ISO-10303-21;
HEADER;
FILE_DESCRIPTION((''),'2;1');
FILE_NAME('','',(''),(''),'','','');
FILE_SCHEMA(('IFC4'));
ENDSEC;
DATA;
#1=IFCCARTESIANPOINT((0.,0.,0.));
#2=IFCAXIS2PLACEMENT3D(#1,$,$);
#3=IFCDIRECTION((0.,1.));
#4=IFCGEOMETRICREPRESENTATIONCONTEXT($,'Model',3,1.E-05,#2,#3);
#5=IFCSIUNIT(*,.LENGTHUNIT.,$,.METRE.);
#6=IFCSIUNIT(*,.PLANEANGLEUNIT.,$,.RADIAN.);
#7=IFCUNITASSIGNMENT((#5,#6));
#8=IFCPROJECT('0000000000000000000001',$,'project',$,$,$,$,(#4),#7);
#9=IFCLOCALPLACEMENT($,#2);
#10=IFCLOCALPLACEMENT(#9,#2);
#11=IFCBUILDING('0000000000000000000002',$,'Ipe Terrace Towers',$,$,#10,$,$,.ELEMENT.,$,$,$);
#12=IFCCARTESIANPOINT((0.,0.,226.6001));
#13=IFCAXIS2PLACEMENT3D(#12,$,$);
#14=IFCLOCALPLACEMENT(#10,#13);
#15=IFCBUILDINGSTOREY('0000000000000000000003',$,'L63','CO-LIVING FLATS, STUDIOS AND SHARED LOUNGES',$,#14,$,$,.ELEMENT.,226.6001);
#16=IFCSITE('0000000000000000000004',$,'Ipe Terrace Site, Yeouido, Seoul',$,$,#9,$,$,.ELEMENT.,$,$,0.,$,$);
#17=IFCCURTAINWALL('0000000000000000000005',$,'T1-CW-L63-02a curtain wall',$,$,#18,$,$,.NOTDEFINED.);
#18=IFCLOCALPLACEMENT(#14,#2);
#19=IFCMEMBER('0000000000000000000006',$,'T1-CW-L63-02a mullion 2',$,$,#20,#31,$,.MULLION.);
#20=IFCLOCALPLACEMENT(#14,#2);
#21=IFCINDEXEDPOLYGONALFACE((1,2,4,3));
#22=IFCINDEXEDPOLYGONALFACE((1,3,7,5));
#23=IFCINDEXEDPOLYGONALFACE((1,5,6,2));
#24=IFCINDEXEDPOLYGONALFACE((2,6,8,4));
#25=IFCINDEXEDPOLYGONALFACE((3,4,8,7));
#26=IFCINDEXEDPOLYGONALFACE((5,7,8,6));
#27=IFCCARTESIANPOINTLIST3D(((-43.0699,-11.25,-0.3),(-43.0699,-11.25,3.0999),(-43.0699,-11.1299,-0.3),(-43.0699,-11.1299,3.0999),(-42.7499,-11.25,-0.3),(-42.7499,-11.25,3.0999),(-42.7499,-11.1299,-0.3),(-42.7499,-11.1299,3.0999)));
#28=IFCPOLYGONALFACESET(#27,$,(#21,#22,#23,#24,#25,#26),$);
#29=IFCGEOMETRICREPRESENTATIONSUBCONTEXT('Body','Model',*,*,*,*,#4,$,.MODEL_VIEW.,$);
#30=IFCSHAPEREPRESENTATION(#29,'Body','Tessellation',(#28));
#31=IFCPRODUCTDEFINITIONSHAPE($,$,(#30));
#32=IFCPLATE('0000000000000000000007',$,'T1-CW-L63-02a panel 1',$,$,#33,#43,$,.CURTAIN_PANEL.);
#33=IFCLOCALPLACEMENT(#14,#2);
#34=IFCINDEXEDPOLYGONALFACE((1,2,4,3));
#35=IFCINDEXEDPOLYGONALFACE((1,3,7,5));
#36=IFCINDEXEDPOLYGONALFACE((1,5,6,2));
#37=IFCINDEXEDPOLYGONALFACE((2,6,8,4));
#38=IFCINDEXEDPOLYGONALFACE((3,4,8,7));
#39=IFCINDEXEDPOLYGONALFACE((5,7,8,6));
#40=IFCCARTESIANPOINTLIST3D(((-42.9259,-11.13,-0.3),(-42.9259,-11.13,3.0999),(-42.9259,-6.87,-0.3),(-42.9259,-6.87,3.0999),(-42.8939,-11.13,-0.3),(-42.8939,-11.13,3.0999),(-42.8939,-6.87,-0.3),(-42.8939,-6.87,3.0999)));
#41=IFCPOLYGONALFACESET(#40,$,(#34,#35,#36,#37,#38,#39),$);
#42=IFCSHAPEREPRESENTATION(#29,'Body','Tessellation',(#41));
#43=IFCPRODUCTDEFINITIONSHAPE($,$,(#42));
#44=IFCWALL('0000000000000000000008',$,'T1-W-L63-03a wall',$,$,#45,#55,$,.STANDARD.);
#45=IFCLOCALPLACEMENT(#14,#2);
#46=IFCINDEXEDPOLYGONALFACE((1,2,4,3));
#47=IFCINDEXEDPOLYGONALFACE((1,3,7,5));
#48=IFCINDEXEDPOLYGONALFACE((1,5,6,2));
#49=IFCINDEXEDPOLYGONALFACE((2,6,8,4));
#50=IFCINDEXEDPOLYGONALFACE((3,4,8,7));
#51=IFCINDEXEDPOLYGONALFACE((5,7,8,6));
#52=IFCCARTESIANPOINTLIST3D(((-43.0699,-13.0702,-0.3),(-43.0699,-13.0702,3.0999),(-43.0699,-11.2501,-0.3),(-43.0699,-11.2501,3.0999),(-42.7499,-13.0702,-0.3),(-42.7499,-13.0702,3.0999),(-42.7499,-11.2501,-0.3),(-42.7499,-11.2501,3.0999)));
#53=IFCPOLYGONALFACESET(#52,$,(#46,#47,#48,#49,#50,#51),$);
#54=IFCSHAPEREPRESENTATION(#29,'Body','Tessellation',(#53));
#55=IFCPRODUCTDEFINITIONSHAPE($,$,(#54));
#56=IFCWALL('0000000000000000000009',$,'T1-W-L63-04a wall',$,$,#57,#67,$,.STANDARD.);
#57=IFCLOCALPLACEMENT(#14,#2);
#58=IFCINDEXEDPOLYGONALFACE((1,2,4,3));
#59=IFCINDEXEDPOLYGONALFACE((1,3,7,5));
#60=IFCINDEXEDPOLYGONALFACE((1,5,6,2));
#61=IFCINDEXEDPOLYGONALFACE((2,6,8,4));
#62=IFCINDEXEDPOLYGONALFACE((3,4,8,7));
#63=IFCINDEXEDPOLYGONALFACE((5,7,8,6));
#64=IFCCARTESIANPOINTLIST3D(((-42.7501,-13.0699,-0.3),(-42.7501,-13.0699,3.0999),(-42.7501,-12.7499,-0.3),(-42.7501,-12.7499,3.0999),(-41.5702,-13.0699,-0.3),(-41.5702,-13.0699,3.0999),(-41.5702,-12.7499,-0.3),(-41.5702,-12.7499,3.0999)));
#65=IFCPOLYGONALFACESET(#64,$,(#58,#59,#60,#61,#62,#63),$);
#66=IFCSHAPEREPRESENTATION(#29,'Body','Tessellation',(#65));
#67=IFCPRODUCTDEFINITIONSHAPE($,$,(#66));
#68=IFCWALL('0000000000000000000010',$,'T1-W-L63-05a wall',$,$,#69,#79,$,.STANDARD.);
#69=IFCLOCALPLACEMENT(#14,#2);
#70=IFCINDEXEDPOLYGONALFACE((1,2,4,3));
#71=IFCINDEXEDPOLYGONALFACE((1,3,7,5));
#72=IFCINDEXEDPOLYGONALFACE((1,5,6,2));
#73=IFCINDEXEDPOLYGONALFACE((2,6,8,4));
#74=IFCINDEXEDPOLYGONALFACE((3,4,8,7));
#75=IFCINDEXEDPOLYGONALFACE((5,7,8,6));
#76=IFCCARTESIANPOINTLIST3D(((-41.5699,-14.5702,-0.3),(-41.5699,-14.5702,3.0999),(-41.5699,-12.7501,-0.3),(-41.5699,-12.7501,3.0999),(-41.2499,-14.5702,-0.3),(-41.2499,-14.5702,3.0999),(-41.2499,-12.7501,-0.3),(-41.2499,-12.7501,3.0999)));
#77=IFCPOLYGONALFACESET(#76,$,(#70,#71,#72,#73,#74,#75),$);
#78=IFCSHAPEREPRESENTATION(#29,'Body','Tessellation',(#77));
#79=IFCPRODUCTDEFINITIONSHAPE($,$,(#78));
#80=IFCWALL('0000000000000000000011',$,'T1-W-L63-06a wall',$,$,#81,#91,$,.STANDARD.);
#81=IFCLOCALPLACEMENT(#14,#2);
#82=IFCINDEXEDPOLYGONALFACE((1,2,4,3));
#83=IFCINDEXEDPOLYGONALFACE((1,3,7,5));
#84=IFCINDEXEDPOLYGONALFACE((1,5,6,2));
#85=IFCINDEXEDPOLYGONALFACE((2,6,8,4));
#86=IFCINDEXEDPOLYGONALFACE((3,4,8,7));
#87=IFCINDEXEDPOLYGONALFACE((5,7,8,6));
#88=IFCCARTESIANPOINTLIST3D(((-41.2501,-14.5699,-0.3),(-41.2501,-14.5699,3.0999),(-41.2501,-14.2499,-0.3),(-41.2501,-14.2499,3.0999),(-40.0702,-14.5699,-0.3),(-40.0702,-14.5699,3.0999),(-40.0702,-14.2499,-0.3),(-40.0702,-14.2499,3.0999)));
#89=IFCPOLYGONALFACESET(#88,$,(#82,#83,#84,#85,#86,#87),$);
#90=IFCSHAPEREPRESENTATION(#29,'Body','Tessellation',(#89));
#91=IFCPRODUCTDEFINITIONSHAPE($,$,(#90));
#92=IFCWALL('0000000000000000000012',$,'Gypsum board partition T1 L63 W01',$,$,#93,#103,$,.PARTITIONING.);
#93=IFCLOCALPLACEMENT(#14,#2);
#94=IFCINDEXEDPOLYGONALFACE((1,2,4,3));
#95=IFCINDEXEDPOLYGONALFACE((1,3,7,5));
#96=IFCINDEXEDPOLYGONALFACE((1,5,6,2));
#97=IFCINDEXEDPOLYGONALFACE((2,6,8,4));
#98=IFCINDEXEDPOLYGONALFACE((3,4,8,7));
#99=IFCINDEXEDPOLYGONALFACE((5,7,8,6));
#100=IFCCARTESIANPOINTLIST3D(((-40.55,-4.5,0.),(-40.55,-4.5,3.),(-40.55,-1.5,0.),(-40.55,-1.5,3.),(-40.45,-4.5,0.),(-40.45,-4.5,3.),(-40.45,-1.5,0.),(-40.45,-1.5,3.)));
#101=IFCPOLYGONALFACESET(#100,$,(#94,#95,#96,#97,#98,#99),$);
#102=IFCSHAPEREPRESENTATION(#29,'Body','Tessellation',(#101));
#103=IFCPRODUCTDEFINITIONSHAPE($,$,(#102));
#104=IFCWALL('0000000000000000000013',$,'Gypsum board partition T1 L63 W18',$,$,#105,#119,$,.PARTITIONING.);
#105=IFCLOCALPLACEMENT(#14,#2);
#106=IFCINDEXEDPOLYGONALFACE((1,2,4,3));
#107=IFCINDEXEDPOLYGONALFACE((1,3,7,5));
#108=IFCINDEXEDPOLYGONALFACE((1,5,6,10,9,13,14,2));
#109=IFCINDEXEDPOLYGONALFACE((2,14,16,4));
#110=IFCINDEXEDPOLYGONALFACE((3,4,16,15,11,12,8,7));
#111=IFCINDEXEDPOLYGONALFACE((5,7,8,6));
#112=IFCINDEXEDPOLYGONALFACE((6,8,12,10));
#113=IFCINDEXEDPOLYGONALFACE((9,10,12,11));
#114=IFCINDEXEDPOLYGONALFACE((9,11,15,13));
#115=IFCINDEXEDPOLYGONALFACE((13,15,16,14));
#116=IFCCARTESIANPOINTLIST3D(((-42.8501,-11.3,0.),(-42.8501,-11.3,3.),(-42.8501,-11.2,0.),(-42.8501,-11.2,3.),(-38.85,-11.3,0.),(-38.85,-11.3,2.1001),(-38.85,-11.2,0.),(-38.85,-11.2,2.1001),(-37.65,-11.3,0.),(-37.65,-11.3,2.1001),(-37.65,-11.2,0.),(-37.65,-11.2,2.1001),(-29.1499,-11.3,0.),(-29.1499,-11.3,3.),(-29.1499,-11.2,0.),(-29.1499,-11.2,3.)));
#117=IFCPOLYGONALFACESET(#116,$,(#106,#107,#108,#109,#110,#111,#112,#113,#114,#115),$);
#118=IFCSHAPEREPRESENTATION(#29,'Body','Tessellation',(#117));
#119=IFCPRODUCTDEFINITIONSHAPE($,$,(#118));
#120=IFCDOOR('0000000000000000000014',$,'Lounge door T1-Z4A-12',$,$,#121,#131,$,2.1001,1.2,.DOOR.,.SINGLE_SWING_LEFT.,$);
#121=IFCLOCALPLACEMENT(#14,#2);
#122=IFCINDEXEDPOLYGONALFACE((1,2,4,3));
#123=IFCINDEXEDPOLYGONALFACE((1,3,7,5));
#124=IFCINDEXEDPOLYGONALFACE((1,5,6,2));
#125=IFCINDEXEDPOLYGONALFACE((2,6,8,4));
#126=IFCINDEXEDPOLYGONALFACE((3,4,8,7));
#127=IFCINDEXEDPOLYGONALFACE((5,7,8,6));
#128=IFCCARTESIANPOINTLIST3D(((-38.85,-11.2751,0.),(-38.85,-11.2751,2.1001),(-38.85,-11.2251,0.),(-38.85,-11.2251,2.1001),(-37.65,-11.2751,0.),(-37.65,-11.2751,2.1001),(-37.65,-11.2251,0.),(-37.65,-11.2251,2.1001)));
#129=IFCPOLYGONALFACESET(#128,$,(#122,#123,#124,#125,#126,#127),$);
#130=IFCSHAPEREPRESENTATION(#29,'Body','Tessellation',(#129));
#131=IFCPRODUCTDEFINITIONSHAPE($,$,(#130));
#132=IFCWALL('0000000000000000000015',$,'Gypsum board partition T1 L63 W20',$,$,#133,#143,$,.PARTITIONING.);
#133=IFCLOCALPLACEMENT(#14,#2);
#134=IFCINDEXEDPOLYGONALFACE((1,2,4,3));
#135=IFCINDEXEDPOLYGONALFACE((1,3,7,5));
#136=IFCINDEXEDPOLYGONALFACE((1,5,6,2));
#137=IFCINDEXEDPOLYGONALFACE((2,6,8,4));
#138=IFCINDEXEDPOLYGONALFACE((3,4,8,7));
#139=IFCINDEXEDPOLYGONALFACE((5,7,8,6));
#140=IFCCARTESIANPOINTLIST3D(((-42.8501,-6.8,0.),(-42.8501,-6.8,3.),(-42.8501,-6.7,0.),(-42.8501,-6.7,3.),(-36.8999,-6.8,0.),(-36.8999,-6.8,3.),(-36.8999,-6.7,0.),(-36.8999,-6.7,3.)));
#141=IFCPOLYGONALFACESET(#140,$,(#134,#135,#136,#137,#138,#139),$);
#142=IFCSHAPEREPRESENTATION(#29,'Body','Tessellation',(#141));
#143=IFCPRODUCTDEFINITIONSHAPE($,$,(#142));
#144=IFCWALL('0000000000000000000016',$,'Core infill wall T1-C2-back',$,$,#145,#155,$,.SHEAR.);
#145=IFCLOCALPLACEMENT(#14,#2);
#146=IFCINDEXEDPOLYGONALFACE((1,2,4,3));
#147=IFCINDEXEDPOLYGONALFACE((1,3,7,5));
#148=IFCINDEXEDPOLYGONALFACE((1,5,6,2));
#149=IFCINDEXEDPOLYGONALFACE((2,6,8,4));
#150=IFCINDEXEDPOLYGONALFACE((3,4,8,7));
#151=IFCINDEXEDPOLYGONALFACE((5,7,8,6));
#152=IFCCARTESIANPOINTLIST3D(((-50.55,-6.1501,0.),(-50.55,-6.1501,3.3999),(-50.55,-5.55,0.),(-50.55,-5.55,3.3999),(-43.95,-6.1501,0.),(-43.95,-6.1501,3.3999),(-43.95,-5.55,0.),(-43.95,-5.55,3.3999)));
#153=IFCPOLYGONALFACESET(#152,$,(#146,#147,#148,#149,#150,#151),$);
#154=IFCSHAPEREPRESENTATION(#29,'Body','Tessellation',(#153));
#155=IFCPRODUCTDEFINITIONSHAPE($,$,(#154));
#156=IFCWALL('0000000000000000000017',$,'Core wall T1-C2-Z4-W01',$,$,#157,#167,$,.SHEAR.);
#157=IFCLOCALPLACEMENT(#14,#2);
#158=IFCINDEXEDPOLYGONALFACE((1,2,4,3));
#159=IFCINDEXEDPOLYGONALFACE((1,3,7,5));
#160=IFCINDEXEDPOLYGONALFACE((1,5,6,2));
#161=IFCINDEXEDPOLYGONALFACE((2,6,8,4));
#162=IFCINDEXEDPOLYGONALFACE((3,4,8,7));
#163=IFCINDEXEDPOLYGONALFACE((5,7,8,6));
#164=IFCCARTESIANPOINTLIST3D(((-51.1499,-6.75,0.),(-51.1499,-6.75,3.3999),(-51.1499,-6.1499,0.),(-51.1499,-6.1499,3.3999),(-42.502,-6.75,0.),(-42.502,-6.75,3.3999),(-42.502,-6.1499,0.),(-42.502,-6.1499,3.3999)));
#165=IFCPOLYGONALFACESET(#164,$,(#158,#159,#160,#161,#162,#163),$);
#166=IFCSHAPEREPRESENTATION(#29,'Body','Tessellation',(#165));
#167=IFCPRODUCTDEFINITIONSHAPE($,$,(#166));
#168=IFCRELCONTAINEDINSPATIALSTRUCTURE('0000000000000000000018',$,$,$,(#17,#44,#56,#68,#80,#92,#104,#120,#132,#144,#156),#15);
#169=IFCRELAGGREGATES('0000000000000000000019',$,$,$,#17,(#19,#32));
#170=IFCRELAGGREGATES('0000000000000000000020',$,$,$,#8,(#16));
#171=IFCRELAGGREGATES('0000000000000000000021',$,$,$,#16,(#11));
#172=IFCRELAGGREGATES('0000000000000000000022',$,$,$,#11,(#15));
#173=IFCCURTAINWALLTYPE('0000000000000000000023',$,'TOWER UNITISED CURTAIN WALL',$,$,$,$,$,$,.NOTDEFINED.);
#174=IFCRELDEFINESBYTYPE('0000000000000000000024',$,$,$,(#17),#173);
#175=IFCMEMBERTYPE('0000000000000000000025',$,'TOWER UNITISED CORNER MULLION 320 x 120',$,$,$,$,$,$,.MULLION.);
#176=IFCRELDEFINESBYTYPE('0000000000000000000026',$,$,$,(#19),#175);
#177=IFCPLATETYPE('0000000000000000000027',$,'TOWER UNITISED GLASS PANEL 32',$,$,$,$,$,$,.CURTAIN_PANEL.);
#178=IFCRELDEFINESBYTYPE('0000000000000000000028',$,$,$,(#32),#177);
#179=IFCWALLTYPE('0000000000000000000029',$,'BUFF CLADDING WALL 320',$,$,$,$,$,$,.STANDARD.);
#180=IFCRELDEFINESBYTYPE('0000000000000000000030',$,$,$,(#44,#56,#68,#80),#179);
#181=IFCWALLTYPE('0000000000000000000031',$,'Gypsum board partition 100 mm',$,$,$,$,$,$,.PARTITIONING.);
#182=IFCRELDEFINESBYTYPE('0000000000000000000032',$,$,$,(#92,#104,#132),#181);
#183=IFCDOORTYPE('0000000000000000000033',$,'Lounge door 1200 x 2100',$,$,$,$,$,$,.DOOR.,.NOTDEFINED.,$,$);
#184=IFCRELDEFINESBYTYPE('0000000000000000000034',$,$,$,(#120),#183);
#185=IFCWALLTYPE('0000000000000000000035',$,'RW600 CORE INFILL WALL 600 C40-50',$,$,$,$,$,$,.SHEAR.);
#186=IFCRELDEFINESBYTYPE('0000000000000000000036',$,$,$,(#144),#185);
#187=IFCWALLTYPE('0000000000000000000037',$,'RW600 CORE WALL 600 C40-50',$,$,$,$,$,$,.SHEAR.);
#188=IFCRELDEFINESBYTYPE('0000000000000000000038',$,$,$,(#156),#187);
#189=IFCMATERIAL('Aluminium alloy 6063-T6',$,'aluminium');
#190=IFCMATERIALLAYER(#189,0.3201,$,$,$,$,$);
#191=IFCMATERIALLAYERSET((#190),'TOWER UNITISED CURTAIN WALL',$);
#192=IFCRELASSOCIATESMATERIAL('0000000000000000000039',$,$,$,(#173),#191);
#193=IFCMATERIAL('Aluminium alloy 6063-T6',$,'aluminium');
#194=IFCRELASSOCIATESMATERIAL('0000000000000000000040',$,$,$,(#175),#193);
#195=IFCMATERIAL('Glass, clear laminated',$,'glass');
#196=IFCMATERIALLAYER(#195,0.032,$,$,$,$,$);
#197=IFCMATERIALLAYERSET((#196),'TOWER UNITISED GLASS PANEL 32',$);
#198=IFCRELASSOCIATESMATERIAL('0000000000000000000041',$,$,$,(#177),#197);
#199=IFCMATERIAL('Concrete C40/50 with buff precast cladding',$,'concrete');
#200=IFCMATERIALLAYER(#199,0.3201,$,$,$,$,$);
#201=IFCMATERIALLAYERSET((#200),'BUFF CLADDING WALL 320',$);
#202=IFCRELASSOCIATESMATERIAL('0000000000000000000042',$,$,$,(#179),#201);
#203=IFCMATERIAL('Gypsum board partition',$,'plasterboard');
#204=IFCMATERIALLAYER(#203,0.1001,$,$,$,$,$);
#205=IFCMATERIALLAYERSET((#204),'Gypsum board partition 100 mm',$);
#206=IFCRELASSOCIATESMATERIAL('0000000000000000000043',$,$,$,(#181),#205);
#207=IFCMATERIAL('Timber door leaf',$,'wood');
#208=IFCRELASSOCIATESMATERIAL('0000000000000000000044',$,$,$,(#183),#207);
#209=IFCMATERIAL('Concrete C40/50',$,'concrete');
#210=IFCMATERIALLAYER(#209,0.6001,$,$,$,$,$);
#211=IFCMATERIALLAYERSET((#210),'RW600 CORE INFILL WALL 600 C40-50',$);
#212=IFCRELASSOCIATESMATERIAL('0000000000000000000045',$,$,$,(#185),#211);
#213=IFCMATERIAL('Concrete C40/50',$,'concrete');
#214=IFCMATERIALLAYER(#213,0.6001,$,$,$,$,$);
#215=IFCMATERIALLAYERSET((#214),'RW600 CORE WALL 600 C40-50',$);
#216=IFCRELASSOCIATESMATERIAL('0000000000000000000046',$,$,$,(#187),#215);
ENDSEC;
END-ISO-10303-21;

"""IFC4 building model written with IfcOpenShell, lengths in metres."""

from ifc_helpers import new_model, si_unit, direction, frame, frame_2d, origin, origin_2d, place, context, subcontext, project, spatial, rectangle, extrude, material, layer, layer_set, material_profile, profile_set, type_object, element, fill, aggregate, save


model = new_model("IFC4")

# Units and contexts
model_context = context("Model", 3, precision=1e-05, world=origin(), true_north=direction((0.0, 1.0)))
body_context = subcontext(model_context, "Body", "Model", "MODEL_VIEW")
ifc_project = project(units=[si_unit("LENGTHUNIT", "METRE"), si_unit("PLANEANGLEUNIT", "RADIAN")], contexts=[model_context])

# Site, building, storey
site_placement = place(None, origin())
site = spatial("IfcSite", under=ifc_project, at=site_placement, Name="Ipe Terrace Site, Yeouido, Seoul", CompositionType="ELEMENT", RefElevation=0.0)
building_placement = place(site_placement, origin())
building = spatial("IfcBuilding", under=site, at=building_placement, Name="Ipe Terrace Towers", CompositionType="ELEMENT")
storey_placement = place(building_placement, frame((0.0, 0.0, 226.6001)))
storey = spatial("IfcBuildingStorey", under=building, at=storey_placement, Name="L63", Description="CO-LIVING FLATS, STUDIOS AND SHARED LOUNGES", CompositionType="ELEMENT", Elevation=226.6001)

# Curtain wall, member, plate
ifc_material_1 = material(Name="Aluminium alloy 6063-T6", Category="aluminium")
ifc_layer_1 = layer(ifc_material_1, 0.3201)
ifc_layer_set_1 = layer_set([ifc_layer_1], Name="TOWER UNITISED CURTAIN WALL")
curtain_wall_type = type_object("IfcCurtainWallType", Name="TOWER UNITISED CURTAIN WALL", PredefinedType="NOTDEFINED", material=ifc_layer_set_1)
curtain_wall_placement = place(storey_placement, origin())
curtain_wall = element("IfcCurtainWall", 1, at=curtain_wall_placement, inside=storey, type_object=curtain_wall_type, Name="T1-CW-L63-02a curtain wall", PredefinedType="NOTDEFINED")
ifc_material_2 = material(Name="Aluminium alloy 6063-T6", Category="aluminium")
ifc_material_profile_1 = material_profile(ifc_material_2, rectangle(XDim=0.3201, YDim=0.1201, at=origin_2d()), Name="TOWER UNITISED CORNER MULLION 320 x 120")
ifc_profile_set_1 = profile_set([ifc_material_profile_1], Name="Aluminium alloy 6063-T6")
member_type = type_object("IfcMemberType", Name="TOWER UNITISED CORNER MULLION 320 x 120", PredefinedType="MULLION", material=ifc_profile_set_1)
member_1_placement = place(storey_placement, frame((-42.9099, -11.1899, -0.3), z_axis=(0.0, 0.0, 1.0), x_axis=(-1.0, 0.0, 0.0)))
member_1 = element("IfcMember", 2, at=member_1_placement, type_object=member_type, Name="T1-CW-L63-02a mullion 2", PredefinedType="MULLION", context=body_context, shape_type="SweptSolid", body=[
    extrude(rectangle(XDim=0.3201, YDim=0.1201, at=origin_2d()), origin(), (0.0, 0.0, 1.0), 3.3999),
])
ifc_material_3 = material(Name="Glass, clear laminated", Category="glass")
ifc_layer_2 = layer(ifc_material_3, 0.032)
ifc_layer_set_2 = layer_set([ifc_layer_2], Name="TOWER UNITISED GLASS PANEL 32")
plate_type = type_object("IfcPlateType", Name="TOWER UNITISED GLASS PANEL 32", PredefinedType="CURTAIN_PANEL", material=ifc_layer_set_2)
plate_placement = place(storey_placement, frame((-42.9099, -9.0, -0.3), z_axis=(0.0, 0.0, 1.0), x_axis=(0.0, -1.0, 0.0)))
plate = element("IfcPlate", 3, at=plate_placement, type_object=plate_type, Name="T1-CW-L63-02a panel 1", PredefinedType="CURTAIN_PANEL", context=body_context, shape_type="SweptSolid", body=[
    extrude(rectangle(XDim=4.26, YDim=0.032, at=origin_2d()), origin(), (0.0, 0.0, 1.0), 3.3999),
])
aggregate(curtain_wall, [member_1, plate])

# Walls
ifc_material_4 = material(Name="Concrete C40/50 with buff precast cladding", Category="concrete")
ifc_layer_3 = layer(ifc_material_4, 0.3201)
ifc_layer_set_3 = layer_set([ifc_layer_3], Name="BUFF CLADDING WALL 320")
wall_type_1 = type_object("IfcWallType", Name="BUFF CLADDING WALL 320", PredefinedType="STANDARD", material=ifc_layer_set_3)
wall_1_placement = place(storey_placement, frame((-42.9099, -11.25, -0.3), z_axis=(0.0, 0.0, 1.0), x_axis=(0.0, -1.0, 0.0)))
element("IfcWall", 4, at=wall_1_placement, inside=storey, type_object=wall_type_1, Name="T1-W-L63-03a wall", PredefinedType="STANDARD", context=body_context, shape_type="SweptSolid", body=[
    extrude(rectangle(XDim=1.8201, YDim=0.3201, at=frame_2d((0.9102, 0.0))), origin(), (0.0, 0.0, 1.0), 3.3999),
])
wall_2_placement = place(storey_placement, frame((-42.75, -12.9099, -0.3), z_axis=(0.0, 0.0, 1.0), x_axis=(1.0, 0.0, 0.0)))
element("IfcWall", 5, at=wall_2_placement, inside=storey, type_object=wall_type_1, Name="T1-W-L63-04a wall", PredefinedType="STANDARD", context=body_context, shape_type="SweptSolid", body=[
    extrude(rectangle(XDim=1.1799, YDim=0.3201, at=frame_2d((0.5898, 0.0))), origin(), (0.0, 0.0, 1.0), 3.3999),
])
wall_3_placement = place(storey_placement, frame((-41.4099, -12.75, -0.3), z_axis=(0.0, 0.0, 1.0), x_axis=(0.0, -1.0, 0.0)))
element("IfcWall", 6, at=wall_3_placement, inside=storey, type_object=wall_type_1, Name="T1-W-L63-05a wall", PredefinedType="STANDARD", context=body_context, shape_type="SweptSolid", body=[
    extrude(rectangle(XDim=1.8201, YDim=0.3201, at=frame_2d((0.9102, 0.0))), origin(), (0.0, 0.0, 1.0), 3.3999),
])
wall_4_placement = place(storey_placement, frame((-41.25, -14.4099, -0.3), z_axis=(0.0, 0.0, 1.0), x_axis=(1.0, 0.0, 0.0)))
element("IfcWall", 7, at=wall_4_placement, inside=storey, type_object=wall_type_1, Name="T1-W-L63-06a wall", PredefinedType="STANDARD", context=body_context, shape_type="SweptSolid", body=[
    extrude(rectangle(XDim=1.1799, YDim=0.3201, at=frame_2d((0.5898, 0.0))), origin(), (0.0, 0.0, 1.0), 3.3999),
])
ifc_material_5 = material(Name="Gypsum board partition", Category="plasterboard")
ifc_layer_4 = layer(ifc_material_5, 0.1001)
ifc_layer_set_4 = layer_set([ifc_layer_4], Name="Gypsum board partition 100 mm")
wall_type_2 = type_object("IfcWallType", Name="Gypsum board partition 100 mm", PredefinedType="PARTITIONING", material=ifc_layer_set_4)
wall_5_placement = place(storey_placement, frame((-40.5, -4.5, 0.0), z_axis=(0.0, 0.0, 1.0), x_axis=(0.0, 1.0, 0.0)))
element("IfcWall", 8, at=wall_5_placement, inside=storey, type_object=wall_type_2, Name="Gypsum board partition T1 L63 W01", PredefinedType="PARTITIONING", context=body_context, shape_type="SweptSolid", body=[
    extrude(rectangle(XDim=3.0, YDim=0.1001, at=frame_2d((1.5, 0.0))), origin(), (0.0, 0.0, 1.0), 3.0),
])

# Wall, opening, door
wall_6_placement = place(storey_placement, frame((-42.8501, -11.25, 0.0), z_axis=(0.0, 0.0, 1.0), x_axis=(1.0, 0.0, 0.0)))
wall_6 = element("IfcWall", 9, at=wall_6_placement, inside=storey, type_object=wall_type_2, Name="Gypsum board partition T1 L63 W18", PredefinedType="PARTITIONING", context=body_context, shape_type="SweptSolid", body=[
    extrude(rectangle(XDim=13.7002, YDim=0.1001, at=frame_2d((6.8501, 0.0))), origin(), (0.0, 0.0, 1.0), 3.0),
])
opening_1_placement = place(wall_6_placement, frame((4.0, 0.0, 0.0)))
opening_1 = element("IfcOpeningElement", 10, at=opening_1_placement, cuts=wall_6, PredefinedType="OPENING", context=body_context, shape_type="SweptSolid", body=[
    extrude(rectangle(XDim=1.2, YDim=2.1001, at=frame_2d((0.6001, 1.05))), frame((0.0, 0.0601, 0.0), z_axis=(0.0, -1.0, 0.0), x_axis=(1.0, 0.0, 0.0)), (0.0, 0.0, 1.0), 0.1201),
])
ifc_material_6 = material(Name="Timber door leaf", Category="wood")
door_type_1 = type_object("IfcDoorType", Name="Lounge door 1200 x 2100", OperationType="NOTDEFINED", PredefinedType="DOOR", material=ifc_material_6)
door_1_placement = place(opening_1_placement, origin())
door_1 = element("IfcDoor", 11, at=door_1_placement, inside=storey, type_object=door_type_1, Name="Lounge door T1-Z4A-12", OperationType="SINGLE_SWING_LEFT", OverallHeight=2.1001, OverallWidth=1.2, PredefinedType="DOOR", context=body_context, shape_type="SweptSolid", body=[
    extrude(rectangle(XDim=1.2, YDim=2.1001, at=frame_2d((0.6001, 1.05))), frame((0.0, 0.0249, 0.0), z_axis=(0.0, -1.0, 0.0), x_axis=(1.0, 0.0, 0.0)), (0.0, 0.0, 1.0), 0.05),
])
fill(opening_1, door_1)

# Walls
wall_7_placement = place(storey_placement, frame((-42.8501, -6.75, 0.0), z_axis=(0.0, 0.0, 1.0), x_axis=(1.0, 0.0, 0.0)))
element("IfcWall", 12, at=wall_7_placement, inside=storey, type_object=wall_type_2, Name="Gypsum board partition T1 L63 W20", PredefinedType="PARTITIONING", context=body_context, shape_type="SweptSolid", body=[
    extrude(rectangle(XDim=5.9502, YDim=0.1001, at=frame_2d((2.9751, 0.0))), origin(), (0.0, 0.0, 1.0), 3.0),
])
ifc_material_7 = material(Name="Concrete C40/50", Category="concrete")
ifc_layer_5 = layer(ifc_material_7, 0.6001)
ifc_layer_set_5 = layer_set([ifc_layer_5], Name="RW600 CORE INFILL WALL 600 C40-50")
wall_type_3 = type_object("IfcWallType", Name="RW600 CORE INFILL WALL 600 C40-50", PredefinedType="SHEAR", material=ifc_layer_set_5)
wall_8_placement = place(storey_placement, frame((-43.95, -5.8501, 0.0), z_axis=(0.0, 0.0, 1.0), x_axis=(-1.0, 0.0, 0.0)))
element("IfcWall", 13, at=wall_8_placement, inside=storey, type_object=wall_type_3, Name="Core infill wall T1-C2-back", PredefinedType="SHEAR", context=body_context, shape_type="SweptSolid", body=[
    extrude(rectangle(XDim=6.6001, YDim=0.6001, at=frame_2d((3.3, 0.0))), origin(), (0.0, 0.0, 1.0), 3.3999),
])
ifc_material_8 = material(Name="Concrete C40/50", Category="concrete")
ifc_layer_6 = layer(ifc_material_8, 0.6001)
ifc_layer_set_6 = layer_set([ifc_layer_6], Name="RW600 CORE WALL 600 C40-50")
wall_type_4 = type_object("IfcWallType", Name="RW600 CORE WALL 600 C40-50", PredefinedType="SHEAR", material=ifc_layer_set_6)
wall_9_placement = place(storey_placement, frame((-51.1499, -6.45, 0.0), z_axis=(0.0, 0.0, 1.0), x_axis=(1.0, 0.0, 0.0)))
element("IfcWall", 14, at=wall_9_placement, inside=storey, type_object=wall_type_4, Name="Core wall T1-C2-Z4-W01", PredefinedType="SHEAR", context=body_context, shape_type="SweptSolid", body=[
    extrude(rectangle(XDim=8.6479, YDim=0.6001, at=frame_2d((4.324, 0.0))), origin(), (0.0, 0.0, 1.0), 3.3999),
])

save(model, "model.ifc")
